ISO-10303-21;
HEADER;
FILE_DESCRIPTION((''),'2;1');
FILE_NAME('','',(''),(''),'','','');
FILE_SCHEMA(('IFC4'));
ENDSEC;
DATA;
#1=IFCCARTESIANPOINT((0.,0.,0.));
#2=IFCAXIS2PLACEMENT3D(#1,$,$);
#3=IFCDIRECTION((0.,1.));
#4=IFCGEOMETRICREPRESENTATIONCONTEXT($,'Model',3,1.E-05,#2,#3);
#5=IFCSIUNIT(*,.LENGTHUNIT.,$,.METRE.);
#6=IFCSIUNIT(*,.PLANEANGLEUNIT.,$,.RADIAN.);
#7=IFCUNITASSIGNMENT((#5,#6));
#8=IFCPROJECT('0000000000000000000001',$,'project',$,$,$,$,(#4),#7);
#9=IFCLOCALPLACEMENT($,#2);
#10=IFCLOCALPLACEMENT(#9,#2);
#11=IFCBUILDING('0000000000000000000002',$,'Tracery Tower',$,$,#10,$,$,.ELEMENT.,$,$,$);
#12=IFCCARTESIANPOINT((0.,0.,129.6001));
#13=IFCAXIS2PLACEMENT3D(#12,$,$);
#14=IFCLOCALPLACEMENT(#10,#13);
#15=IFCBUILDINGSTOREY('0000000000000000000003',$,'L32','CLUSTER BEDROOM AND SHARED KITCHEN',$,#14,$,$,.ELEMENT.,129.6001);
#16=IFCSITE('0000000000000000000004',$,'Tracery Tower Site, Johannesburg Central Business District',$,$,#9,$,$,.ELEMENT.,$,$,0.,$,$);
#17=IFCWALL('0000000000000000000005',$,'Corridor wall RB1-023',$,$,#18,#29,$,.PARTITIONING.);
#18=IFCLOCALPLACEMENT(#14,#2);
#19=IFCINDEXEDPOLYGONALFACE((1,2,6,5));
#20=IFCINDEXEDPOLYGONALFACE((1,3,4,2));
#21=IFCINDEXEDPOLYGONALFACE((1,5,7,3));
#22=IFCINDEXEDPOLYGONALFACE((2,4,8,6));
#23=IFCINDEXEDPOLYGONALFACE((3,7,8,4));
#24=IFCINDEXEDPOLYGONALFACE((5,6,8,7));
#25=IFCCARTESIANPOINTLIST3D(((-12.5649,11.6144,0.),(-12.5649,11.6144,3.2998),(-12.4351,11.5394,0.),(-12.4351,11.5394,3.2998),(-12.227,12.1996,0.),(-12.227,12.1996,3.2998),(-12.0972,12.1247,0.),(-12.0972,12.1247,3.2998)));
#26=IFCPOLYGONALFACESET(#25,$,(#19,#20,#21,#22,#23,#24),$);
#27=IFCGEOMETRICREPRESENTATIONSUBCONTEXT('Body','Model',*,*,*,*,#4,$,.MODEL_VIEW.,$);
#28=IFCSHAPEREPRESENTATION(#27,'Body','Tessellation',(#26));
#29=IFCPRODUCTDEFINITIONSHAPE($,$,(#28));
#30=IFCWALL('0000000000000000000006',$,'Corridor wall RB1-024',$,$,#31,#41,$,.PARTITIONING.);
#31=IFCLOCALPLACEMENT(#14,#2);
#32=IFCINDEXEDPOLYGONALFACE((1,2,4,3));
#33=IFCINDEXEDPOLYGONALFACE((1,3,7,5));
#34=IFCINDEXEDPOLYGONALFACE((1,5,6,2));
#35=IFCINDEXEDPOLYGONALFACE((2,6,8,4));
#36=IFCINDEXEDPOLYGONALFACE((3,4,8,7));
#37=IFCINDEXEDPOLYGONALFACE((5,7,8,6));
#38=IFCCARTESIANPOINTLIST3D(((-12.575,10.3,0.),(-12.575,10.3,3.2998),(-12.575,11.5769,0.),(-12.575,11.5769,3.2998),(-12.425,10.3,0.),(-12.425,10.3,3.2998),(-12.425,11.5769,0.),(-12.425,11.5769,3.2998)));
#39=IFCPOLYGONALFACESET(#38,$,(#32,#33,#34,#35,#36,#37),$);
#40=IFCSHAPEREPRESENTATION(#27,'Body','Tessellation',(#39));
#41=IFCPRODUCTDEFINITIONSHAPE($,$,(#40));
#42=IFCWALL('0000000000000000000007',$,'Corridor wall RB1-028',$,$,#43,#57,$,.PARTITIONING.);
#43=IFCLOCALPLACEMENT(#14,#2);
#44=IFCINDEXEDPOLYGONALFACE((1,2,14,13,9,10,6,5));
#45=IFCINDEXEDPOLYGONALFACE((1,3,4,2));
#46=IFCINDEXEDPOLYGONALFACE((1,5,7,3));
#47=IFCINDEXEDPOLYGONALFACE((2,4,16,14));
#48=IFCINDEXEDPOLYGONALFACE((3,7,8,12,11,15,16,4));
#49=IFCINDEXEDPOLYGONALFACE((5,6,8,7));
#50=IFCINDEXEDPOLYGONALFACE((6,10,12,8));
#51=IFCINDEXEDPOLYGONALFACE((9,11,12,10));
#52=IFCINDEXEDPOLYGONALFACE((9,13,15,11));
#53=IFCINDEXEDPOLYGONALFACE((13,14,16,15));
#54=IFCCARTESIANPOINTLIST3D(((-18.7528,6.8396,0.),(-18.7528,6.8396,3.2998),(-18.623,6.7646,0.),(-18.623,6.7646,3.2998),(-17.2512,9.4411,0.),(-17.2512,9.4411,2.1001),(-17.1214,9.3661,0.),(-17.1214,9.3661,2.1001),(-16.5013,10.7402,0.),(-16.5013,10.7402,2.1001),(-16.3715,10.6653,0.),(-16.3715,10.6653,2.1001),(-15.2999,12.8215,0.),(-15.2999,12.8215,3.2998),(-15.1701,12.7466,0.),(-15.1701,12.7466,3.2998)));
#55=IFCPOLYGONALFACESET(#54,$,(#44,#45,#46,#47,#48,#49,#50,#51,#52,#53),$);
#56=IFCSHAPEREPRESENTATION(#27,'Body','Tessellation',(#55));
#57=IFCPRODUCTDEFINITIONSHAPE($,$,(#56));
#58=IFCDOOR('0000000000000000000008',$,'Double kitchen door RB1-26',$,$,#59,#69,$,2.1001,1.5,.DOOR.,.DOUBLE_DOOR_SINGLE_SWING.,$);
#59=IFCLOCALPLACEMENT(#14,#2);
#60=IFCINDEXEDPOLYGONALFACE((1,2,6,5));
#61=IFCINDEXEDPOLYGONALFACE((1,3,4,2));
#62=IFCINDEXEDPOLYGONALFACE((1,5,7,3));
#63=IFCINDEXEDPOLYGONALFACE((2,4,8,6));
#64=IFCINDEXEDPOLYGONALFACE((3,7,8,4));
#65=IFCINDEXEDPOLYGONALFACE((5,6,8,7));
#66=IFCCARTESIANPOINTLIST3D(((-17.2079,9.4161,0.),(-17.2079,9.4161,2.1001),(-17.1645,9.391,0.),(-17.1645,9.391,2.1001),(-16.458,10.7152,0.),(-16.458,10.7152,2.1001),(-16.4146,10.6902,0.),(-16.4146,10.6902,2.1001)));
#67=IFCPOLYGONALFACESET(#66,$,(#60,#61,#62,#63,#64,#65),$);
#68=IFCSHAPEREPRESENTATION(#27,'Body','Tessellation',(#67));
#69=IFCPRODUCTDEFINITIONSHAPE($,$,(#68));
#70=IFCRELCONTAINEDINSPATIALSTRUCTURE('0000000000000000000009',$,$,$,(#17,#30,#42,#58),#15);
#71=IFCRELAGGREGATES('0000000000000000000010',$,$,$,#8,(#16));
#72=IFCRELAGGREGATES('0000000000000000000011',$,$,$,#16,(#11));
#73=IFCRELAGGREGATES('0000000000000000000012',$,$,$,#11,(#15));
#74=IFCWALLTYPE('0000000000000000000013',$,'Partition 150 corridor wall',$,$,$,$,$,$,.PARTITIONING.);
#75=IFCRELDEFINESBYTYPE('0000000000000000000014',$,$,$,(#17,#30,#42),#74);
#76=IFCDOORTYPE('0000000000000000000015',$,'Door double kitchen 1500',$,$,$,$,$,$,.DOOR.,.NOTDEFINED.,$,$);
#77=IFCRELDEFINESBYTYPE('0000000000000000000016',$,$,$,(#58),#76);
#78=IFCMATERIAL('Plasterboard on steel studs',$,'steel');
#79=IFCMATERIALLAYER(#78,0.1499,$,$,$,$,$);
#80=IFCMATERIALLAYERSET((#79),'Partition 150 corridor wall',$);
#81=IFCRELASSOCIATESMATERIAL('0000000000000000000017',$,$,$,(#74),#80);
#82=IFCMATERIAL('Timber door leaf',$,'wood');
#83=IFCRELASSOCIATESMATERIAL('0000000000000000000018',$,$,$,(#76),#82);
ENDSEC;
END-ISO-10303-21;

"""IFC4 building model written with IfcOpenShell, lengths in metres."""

from ifc_helpers import new_model, si_unit, direction, frame, frame_2d, origin, place, context, subcontext, project, spatial, rectangle, extrude, material, layer, layer_set, type_object, element, fill, save


model = new_model("IFC4")

# Units and contexts
model_context = context("Model", 3, precision=1e-05, world=origin(), true_north=direction((0.0, 1.0)))
body_context = subcontext(model_context, "Body", "Model", "MODEL_VIEW")
ifc_project = project(units=[si_unit("LENGTHUNIT", "METRE"), si_unit("PLANEANGLEUNIT", "RADIAN")], contexts=[model_context])

# Site, building, storey
site_placement = place(None, origin())
site = spatial("IfcSite", under=ifc_project, at=site_placement, Name="Tracery Tower Site, Johannesburg Central Business District", CompositionType="ELEMENT", RefElevation=0.0)
building_placement = place(site_placement, origin())
building = spatial("IfcBuilding", under=site, at=building_placement, Name="Tracery Tower", CompositionType="ELEMENT")
storey_placement = place(building_placement, frame((0.0, 0.0, 129.6001)))
storey = spatial("IfcBuildingStorey", under=building, at=storey_placement, Name="L32", Description="CLUSTER BEDROOM AND SHARED KITCHEN", CompositionType="ELEMENT", Elevation=129.6001)

# Shared definitions
ifc_material_1 = material(Name="Plasterboard on steel studs", Category="steel")
ifc_layer_1 = layer(ifc_material_1, 0.1499)
ifc_layer_set_1 = layer_set([ifc_layer_1], Name="Partition 150 corridor wall")
wall_type_1 = type_object("IfcWallType", Name="Partition 150 corridor wall", PredefinedType="PARTITIONING", material=ifc_layer_set_1)

# Walls
wall_1_placement = place(storey_placement, frame((-12.5, 11.5769, 0.0), z_axis=(0.0, 0.0, 1.0), x_axis=(0.500025, 0.866011, 0.0)))
element("IfcWall", 1, at=wall_1_placement, inside=storey, type_object=wall_type_1, Name="Corridor wall RB1-023", PredefinedType="PARTITIONING", context=body_context, shape_type="SweptSolid", body=[
    extrude(rectangle(XDim=0.6758, YDim=0.1499, at=frame_2d((0.3379, 0.0))), origin(), (0.0, 0.0, 1.0), 3.2998),
])
wall_2_placement = place(storey_placement, frame((-12.5, 10.3, 0.0), z_axis=(0.0, 0.0, 1.0), x_axis=(0.0, 1.0, 0.0)))
element("IfcWall", 2, at=wall_2_placement, inside=storey, type_object=wall_type_1, Name="Corridor wall RB1-024", PredefinedType="PARTITIONING", context=body_context, shape_type="SweptSolid", body=[
    extrude(rectangle(XDim=1.2769, YDim=0.1499, at=frame_2d((0.6384, 0.0))), origin(), (0.0, 0.0, 1.0), 3.2998),
])

# Wall, opening, door
wall_3_placement = place(storey_placement, frame((-18.688, 6.802, 0.0), z_axis=(0.0, 0.0, 1.0), x_axis=(0.499914, 0.866075, 0.0)))
wall_3 = element("IfcWall", 3, at=wall_3_placement, inside=storey, type_object=wall_type_1, Name="Corridor wall RB1-028", PredefinedType="PARTITIONING", context=body_context, shape_type="SweptSolid", body=[
    extrude(rectangle(XDim=6.907, YDim=0.1499, at=frame_2d((3.4536, 0.0))), origin(), (0.0, 0.0, 1.0), 3.2998),
])
opening_1_placement = place(wall_3_placement, frame((3.0039, 0.0, 0.0)))
opening_1 = element("IfcOpeningElement", 4, at=opening_1_placement, cuts=wall_3, PredefinedType="OPENING", context=body_context, shape_type="SweptSolid", body=[
    extrude(rectangle(XDim=1.5, YDim=2.1001, at=frame_2d((0.75, 1.05))), frame((0.0, 0.075, 0.0), z_axis=(0.0, -1.0, 0.0), x_axis=(1.0, 0.0, 0.0)), (0.0, 0.0, 1.0), 0.1499),
])
ifc_material_2 = material(Name="Timber door leaf", Category="wood")
door_type_1 = type_object("IfcDoorType", Name="Door double kitchen 1500", OperationType="NOTDEFINED", PredefinedType="DOOR", material=ifc_material_2)
door_1_placement = place(opening_1_placement, origin())
door_1 = element("IfcDoor", 5, at=door_1_placement, inside=storey, type_object=door_type_1, Name="Double kitchen door RB1-26", OperationType="DOUBLE_DOOR_SINGLE_SWING", OverallHeight=2.1001, OverallWidth=1.5, PredefinedType="DOOR", context=body_context, shape_type="SweptSolid", body=[
    extrude(rectangle(XDim=1.5, YDim=2.1001, at=frame_2d((0.75, 1.05))), frame((0.0, 0.0249, 0.0), z_axis=(0.0, -1.0, 0.0), x_axis=(1.0, 0.0, 0.0)), (0.0, 0.0, 1.0), 0.05),
])
fill(opening_1, door_1)

save(model, "model.ifc")
